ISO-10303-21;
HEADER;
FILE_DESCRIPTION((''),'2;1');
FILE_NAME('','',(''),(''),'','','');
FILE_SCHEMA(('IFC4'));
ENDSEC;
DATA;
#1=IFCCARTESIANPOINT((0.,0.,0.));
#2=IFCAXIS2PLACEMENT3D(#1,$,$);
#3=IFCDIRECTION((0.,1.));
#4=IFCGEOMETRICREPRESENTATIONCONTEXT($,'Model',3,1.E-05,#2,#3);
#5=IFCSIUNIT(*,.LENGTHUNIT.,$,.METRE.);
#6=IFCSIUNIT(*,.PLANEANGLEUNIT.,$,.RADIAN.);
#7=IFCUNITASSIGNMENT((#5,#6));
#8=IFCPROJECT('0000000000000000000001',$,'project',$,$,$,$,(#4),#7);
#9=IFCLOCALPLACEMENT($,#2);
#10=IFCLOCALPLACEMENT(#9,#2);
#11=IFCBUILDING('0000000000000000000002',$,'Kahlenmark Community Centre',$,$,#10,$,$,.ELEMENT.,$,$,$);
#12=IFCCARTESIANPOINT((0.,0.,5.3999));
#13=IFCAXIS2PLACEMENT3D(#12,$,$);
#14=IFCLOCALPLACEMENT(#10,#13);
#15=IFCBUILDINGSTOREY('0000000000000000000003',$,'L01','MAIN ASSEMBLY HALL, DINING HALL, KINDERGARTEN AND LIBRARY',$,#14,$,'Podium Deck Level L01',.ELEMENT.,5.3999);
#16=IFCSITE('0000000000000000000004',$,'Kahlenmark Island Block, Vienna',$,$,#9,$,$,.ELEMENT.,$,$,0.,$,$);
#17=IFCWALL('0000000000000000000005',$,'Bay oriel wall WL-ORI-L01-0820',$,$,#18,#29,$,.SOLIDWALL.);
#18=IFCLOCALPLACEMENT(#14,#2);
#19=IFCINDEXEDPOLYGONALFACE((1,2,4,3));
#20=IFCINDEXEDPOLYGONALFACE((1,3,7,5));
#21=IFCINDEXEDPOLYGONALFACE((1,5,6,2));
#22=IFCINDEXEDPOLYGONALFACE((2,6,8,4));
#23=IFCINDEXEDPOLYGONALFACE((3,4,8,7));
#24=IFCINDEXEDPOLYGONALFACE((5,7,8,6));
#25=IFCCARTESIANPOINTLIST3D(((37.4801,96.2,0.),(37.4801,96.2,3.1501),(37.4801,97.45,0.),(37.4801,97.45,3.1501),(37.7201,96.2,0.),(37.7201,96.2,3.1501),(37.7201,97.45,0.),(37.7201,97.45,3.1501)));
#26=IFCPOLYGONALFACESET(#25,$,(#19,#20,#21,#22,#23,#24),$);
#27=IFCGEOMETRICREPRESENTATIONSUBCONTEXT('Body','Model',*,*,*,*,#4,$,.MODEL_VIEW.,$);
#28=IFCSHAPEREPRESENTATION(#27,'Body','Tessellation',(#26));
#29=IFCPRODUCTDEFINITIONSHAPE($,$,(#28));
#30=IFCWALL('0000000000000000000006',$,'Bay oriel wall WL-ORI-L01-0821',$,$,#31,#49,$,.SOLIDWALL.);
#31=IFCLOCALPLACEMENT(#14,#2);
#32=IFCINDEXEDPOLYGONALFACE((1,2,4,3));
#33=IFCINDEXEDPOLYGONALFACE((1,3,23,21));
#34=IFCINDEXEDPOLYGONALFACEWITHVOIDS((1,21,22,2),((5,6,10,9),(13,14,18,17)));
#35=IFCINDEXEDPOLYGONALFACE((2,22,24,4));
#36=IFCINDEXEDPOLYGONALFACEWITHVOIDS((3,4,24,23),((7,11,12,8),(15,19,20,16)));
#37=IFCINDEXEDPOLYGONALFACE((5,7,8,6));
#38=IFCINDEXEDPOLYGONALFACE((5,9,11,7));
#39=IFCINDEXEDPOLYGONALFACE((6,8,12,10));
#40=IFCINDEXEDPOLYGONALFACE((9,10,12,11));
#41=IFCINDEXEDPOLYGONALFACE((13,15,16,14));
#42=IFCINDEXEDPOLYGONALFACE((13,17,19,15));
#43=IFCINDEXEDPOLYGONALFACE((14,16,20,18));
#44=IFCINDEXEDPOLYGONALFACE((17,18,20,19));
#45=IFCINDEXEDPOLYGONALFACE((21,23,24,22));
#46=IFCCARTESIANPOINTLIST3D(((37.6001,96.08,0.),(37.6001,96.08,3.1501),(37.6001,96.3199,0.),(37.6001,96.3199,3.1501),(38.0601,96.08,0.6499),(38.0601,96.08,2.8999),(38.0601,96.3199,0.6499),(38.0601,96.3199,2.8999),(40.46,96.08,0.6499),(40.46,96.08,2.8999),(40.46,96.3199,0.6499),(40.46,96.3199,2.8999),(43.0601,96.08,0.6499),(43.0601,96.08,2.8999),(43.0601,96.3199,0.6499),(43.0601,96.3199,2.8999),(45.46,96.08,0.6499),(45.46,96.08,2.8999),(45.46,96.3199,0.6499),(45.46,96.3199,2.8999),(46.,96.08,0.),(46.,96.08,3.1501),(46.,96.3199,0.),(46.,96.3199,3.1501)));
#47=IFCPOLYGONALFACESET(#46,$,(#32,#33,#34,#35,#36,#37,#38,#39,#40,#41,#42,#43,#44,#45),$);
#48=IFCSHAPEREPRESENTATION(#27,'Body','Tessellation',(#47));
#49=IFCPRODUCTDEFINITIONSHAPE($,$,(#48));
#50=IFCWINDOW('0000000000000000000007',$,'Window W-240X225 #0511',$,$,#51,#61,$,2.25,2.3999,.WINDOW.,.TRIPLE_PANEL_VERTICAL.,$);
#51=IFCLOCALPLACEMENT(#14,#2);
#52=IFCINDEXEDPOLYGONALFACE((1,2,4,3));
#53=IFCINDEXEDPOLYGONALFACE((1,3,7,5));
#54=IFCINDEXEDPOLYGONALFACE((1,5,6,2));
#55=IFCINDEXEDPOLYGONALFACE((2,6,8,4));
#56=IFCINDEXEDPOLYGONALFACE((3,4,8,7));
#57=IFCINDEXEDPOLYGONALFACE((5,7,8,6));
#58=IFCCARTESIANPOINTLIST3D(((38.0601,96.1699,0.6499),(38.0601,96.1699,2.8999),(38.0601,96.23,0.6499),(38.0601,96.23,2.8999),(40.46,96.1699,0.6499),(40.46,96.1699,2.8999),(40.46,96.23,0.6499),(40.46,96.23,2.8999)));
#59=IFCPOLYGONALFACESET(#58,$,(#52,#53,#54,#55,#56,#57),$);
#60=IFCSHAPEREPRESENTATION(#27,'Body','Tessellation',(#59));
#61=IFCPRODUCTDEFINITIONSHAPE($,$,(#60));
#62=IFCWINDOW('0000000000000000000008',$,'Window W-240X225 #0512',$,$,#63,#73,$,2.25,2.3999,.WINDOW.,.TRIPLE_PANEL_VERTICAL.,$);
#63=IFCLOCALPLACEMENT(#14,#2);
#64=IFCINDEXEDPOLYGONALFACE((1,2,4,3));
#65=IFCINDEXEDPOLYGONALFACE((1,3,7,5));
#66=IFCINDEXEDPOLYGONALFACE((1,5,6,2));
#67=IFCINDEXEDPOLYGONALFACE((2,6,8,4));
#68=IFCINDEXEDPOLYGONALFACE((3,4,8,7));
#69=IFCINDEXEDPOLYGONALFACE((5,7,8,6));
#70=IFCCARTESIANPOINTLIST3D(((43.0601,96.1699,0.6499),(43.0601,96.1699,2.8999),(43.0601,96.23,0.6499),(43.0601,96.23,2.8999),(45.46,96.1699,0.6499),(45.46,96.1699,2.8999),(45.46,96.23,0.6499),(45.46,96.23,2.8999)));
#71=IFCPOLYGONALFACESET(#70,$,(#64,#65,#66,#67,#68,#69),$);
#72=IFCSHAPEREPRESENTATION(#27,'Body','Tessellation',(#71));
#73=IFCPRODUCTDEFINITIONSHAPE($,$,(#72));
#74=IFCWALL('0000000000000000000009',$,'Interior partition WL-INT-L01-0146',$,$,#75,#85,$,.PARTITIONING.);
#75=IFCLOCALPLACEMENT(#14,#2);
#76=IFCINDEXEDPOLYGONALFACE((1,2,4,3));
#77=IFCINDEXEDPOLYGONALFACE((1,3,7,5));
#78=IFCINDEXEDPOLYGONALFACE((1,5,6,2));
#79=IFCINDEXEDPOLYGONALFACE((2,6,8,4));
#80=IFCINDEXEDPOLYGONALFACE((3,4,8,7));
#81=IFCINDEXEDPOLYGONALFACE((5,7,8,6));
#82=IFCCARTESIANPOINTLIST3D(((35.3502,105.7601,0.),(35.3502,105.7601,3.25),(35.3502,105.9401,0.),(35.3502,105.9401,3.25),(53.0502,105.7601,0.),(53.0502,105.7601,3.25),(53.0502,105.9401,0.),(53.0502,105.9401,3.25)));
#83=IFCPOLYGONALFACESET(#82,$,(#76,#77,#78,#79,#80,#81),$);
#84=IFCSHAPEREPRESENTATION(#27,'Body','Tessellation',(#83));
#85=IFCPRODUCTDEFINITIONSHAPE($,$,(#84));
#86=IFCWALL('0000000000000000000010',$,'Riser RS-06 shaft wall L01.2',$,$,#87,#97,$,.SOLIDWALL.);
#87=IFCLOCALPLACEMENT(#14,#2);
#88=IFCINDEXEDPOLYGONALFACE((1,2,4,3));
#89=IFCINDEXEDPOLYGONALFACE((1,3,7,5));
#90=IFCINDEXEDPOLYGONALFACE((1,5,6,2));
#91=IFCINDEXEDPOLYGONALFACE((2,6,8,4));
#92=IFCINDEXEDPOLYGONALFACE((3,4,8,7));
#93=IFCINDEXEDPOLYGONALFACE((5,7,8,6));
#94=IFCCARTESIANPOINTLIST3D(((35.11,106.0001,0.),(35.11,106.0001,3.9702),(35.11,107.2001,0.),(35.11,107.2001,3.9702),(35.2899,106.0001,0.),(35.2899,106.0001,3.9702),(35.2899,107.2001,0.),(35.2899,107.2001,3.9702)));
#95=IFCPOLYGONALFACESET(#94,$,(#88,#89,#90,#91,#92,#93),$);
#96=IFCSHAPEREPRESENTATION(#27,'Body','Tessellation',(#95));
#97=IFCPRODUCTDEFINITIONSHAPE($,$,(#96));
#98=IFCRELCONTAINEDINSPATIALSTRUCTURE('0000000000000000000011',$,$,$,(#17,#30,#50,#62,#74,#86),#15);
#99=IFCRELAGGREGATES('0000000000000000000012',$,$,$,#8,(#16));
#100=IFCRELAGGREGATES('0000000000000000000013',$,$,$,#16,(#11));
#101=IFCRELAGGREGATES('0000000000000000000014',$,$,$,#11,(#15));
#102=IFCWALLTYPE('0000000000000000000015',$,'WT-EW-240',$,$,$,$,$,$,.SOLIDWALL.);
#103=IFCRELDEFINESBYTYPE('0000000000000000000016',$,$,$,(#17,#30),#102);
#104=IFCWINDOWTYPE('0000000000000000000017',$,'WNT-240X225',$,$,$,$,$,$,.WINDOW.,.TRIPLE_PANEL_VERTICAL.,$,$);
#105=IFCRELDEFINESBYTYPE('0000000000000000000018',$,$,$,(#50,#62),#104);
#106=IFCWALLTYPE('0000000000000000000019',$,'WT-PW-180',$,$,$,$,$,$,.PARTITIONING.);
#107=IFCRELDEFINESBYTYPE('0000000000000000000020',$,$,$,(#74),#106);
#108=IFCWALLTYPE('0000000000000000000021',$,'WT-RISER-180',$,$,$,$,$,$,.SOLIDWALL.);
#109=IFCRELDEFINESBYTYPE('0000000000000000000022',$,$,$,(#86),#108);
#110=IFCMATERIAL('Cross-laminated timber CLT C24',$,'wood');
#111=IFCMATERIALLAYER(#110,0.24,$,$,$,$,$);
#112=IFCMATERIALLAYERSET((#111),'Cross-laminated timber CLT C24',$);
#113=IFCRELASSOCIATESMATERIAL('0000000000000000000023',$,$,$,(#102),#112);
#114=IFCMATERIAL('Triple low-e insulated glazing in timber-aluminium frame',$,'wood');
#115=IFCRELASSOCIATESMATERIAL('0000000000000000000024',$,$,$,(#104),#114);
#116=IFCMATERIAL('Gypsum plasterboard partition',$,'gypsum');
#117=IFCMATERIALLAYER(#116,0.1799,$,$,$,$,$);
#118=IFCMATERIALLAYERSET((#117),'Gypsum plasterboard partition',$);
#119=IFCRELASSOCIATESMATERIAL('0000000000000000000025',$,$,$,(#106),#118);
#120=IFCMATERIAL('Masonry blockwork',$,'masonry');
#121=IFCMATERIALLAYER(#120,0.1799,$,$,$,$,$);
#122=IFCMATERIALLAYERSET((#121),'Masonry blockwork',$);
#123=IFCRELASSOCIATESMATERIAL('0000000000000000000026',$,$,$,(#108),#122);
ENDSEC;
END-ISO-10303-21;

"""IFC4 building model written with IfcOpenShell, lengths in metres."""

from ifc_helpers import new_model, si_unit, direction, frame, frame_2d, origin, place, context, subcontext, project, spatial, rectangle, extrude, material, layer, layer_set, type_object, element, fill, save


model = new_model("IFC4")

# Units and contexts
model_context = context("Model", 3, precision=1e-05, world=origin(), true_north=direction((0.0, 1.0)))
body_context = subcontext(model_context, "Body", "Model", "MODEL_VIEW")
ifc_project = project(units=[si_unit("LENGTHUNIT", "METRE"), si_unit("PLANEANGLEUNIT", "RADIAN")], contexts=[model_context])

# Site, building, storey
site_placement = place(None, origin())
site = spatial("IfcSite", under=ifc_project, at=site_placement, Name="Kahlenmark Island Block, Vienna", CompositionType="ELEMENT", RefElevation=0.0)
building_placement = place(site_placement, origin())
building = spatial("IfcBuilding", under=site, at=building_placement, Name="Kahlenmark Community Centre", CompositionType="ELEMENT")
storey_placement = place(building_placement, frame((0.0, 0.0, 5.3999)))
storey = spatial("IfcBuildingStorey", under=building, at=storey_placement, Name="L01", Description="MAIN ASSEMBLY HALL, DINING HALL, KINDERGARTEN AND LIBRARY", LongName="Podium Deck Level L01", CompositionType="ELEMENT", Elevation=5.3999)

# Wall
ifc_material_1 = material(Name="Cross-laminated timber CLT C24", Category="wood")
ifc_layer_1 = layer(ifc_material_1, 0.24)
ifc_layer_set_1 = layer_set([ifc_layer_1], Name="Cross-laminated timber CLT C24")
wall_type_1 = type_object("IfcWallType", Name="WT-EW-240", PredefinedType="SOLIDWALL", material=ifc_layer_set_1)
wall_1_placement = place(storey_placement, frame((37.6001, 97.45, 0.0), z_axis=(0.0, 0.0, 1.0), x_axis=(0.0, -1.0, 0.0)))
element("IfcWall", 1, at=wall_1_placement, inside=storey, type_object=wall_type_1, Name="Bay oriel wall WL-ORI-L01-0820", PredefinedType="SOLIDWALL", context=body_context, shape_type="SweptSolid", body=[
    extrude(rectangle(XDim=1.25, YDim=0.24, at=frame_2d((0.625, 0.0))), origin(), (0.0, 0.0, 1.0), 3.1501),
])

# Wall, openings, windows
wall_2_placement = place(storey_placement, frame((37.6001, 96.2, 0.0), z_axis=(0.0, 0.0, 1.0), x_axis=(1.0, 0.0, 0.0)))
wall_2 = element("IfcWall", 2, at=wall_2_placement, inside=storey, type_object=wall_type_1, Name="Bay oriel wall WL-ORI-L01-0821", PredefinedType="SOLIDWALL", context=body_context, shape_type="SweptSolid", body=[
    extrude(rectangle(XDim=8.3999, YDim=0.24, at=frame_2d((4.2, 0.0))), origin(), (0.0, 0.0, 1.0), 3.1501),
])
opening_1_placement = place(wall_2_placement, frame((0.46, 0.0, 0.6499)))
opening_1 = element("IfcOpeningElement", 3, at=opening_1_placement, cuts=wall_2, PredefinedType="OPENING", context=body_context, shape_type="SweptSolid", body=[
    extrude(rectangle(XDim=2.3999, YDim=2.25, at=frame_2d((1.2, 1.125))), frame((0.0, 0.1299, 0.0), z_axis=(0.0, -1.0, 0.0), x_axis=(1.0, 0.0, 0.0)), (0.0, 0.0, 1.0), 0.26),
])
opening_2_placement = place(wall_2_placement, frame((5.46, 0.0, 0.6499)))
opening_2 = element("IfcOpeningElement", 4, at=opening_2_placement, cuts=wall_2, PredefinedType="OPENING", context=body_context, shape_type="SweptSolid", body=[
    extrude(rectangle(XDim=2.3999, YDim=2.25, at=frame_2d((1.2, 1.125))), frame((0.0, 0.1299, 0.0), z_axis=(0.0, -1.0, 0.0), x_axis=(1.0, 0.0, 0.0)), (0.0, 0.0, 1.0), 0.26),
])
ifc_material_2 = material(Name="Triple low-e insulated glazing in timber-aluminium frame", Category="wood")
window_type = type_object("IfcWindowType", Name="WNT-240X225", PartitioningType="TRIPLE_PANEL_VERTICAL", PredefinedType="WINDOW", material=ifc_material_2)
window_1_placement = place(opening_1_placement, origin())
window_1 = element("IfcWindow", 5, at=window_1_placement, inside=storey, type_object=window_type, Name="Window W-240X225 #0511", OverallHeight=2.25, OverallWidth=2.3999, PartitioningType="TRIPLE_PANEL_VERTICAL", PredefinedType="WINDOW", context=body_context, shape_type="SweptSolid", body=[
    extrude(rectangle(XDim=2.3999, YDim=2.25, at=frame_2d((1.2, 1.125))), frame((0.0, 0.03, 0.0), z_axis=(0.0, -1.0, 0.0), x_axis=(1.0, 0.0, 0.0)), (0.0, 0.0, 1.0), 0.0601),
])
fill(opening_1, window_1)
window_2_placement = place(opening_2_placement, origin())
window_2 = element("IfcWindow", 6, at=window_2_placement, inside=storey, type_object=window_type, Name="Window W-240X225 #0512", OverallHeight=2.25, OverallWidth=2.3999, PartitioningType="TRIPLE_PANEL_VERTICAL", PredefinedType="WINDOW", context=body_context, shape_type="SweptSolid", body=[
    extrude(rectangle(XDim=2.3999, YDim=2.25, at=frame_2d((1.2, 1.125))), frame((0.0, 0.03, 0.0), z_axis=(0.0, -1.0, 0.0), x_axis=(1.0, 0.0, 0.0)), (0.0, 0.0, 1.0), 0.0601),
])
fill(opening_2, window_2)

# Wall
ifc_material_3 = material(Name="Gypsum plasterboard partition", Category="gypsum")
ifc_layer_2 = layer(ifc_material_3, 0.1799)
ifc_layer_set_2 = layer_set([ifc_layer_2], Name="Gypsum plasterboard partition")
wall_type_2 = type_object("IfcWallType", Name="WT-PW-180", PredefinedType="PARTITIONING", material=ifc_layer_set_2)
wall_3_placement = place(storey_placement, frame((35.3501, 105.8501, 0.0), z_axis=(0.0, 0.0, 1.0), x_axis=(1.0, 0.0, 0.0)))
element("IfcWall", 7, at=wall_3_placement, inside=storey, type_object=wall_type_2, Name="Interior partition WL-INT-L01-0146", PredefinedType="PARTITIONING", context=body_context, shape_type="SweptSolid", body=[
    extrude(rectangle(XDim=17.7, YDim=0.1799, at=frame_2d((8.8501, 0.0))), origin(), (0.0, 0.0, 1.0), 3.25),
])

# Shared definitions
ifc_material_4 = material(Name="Masonry blockwork", Category="masonry")
ifc_layer_3 = layer(ifc_material_4, 0.1799)
ifc_layer_set_3 = layer_set([ifc_layer_3], Name="Masonry blockwork")
wall_type_3 = type_object("IfcWallType", Name="WT-RISER-180", PredefinedType="SOLIDWALL", material=ifc_layer_set_3)

# Wall
wall_4_placement = place(storey_placement, frame((35.2, 106.0, 0.0), z_axis=(0.0, 0.0, 1.0), x_axis=(0.0, 1.0, 0.0)))
element("IfcWall", 8, at=wall_4_placement, inside=storey, type_object=wall_type_3, Name="Riser RS-06 shaft wall L01.2", PredefinedType="SOLIDWALL", context=body_context, shape_type="SweptSolid", body=[
    extrude(rectangle(XDim=1.2, YDim=0.1799, at=frame_2d((0.6001, 0.0))), origin(), (0.0, 0.0, 1.0), 3.9702),
])

save(model, "model.ifc")
